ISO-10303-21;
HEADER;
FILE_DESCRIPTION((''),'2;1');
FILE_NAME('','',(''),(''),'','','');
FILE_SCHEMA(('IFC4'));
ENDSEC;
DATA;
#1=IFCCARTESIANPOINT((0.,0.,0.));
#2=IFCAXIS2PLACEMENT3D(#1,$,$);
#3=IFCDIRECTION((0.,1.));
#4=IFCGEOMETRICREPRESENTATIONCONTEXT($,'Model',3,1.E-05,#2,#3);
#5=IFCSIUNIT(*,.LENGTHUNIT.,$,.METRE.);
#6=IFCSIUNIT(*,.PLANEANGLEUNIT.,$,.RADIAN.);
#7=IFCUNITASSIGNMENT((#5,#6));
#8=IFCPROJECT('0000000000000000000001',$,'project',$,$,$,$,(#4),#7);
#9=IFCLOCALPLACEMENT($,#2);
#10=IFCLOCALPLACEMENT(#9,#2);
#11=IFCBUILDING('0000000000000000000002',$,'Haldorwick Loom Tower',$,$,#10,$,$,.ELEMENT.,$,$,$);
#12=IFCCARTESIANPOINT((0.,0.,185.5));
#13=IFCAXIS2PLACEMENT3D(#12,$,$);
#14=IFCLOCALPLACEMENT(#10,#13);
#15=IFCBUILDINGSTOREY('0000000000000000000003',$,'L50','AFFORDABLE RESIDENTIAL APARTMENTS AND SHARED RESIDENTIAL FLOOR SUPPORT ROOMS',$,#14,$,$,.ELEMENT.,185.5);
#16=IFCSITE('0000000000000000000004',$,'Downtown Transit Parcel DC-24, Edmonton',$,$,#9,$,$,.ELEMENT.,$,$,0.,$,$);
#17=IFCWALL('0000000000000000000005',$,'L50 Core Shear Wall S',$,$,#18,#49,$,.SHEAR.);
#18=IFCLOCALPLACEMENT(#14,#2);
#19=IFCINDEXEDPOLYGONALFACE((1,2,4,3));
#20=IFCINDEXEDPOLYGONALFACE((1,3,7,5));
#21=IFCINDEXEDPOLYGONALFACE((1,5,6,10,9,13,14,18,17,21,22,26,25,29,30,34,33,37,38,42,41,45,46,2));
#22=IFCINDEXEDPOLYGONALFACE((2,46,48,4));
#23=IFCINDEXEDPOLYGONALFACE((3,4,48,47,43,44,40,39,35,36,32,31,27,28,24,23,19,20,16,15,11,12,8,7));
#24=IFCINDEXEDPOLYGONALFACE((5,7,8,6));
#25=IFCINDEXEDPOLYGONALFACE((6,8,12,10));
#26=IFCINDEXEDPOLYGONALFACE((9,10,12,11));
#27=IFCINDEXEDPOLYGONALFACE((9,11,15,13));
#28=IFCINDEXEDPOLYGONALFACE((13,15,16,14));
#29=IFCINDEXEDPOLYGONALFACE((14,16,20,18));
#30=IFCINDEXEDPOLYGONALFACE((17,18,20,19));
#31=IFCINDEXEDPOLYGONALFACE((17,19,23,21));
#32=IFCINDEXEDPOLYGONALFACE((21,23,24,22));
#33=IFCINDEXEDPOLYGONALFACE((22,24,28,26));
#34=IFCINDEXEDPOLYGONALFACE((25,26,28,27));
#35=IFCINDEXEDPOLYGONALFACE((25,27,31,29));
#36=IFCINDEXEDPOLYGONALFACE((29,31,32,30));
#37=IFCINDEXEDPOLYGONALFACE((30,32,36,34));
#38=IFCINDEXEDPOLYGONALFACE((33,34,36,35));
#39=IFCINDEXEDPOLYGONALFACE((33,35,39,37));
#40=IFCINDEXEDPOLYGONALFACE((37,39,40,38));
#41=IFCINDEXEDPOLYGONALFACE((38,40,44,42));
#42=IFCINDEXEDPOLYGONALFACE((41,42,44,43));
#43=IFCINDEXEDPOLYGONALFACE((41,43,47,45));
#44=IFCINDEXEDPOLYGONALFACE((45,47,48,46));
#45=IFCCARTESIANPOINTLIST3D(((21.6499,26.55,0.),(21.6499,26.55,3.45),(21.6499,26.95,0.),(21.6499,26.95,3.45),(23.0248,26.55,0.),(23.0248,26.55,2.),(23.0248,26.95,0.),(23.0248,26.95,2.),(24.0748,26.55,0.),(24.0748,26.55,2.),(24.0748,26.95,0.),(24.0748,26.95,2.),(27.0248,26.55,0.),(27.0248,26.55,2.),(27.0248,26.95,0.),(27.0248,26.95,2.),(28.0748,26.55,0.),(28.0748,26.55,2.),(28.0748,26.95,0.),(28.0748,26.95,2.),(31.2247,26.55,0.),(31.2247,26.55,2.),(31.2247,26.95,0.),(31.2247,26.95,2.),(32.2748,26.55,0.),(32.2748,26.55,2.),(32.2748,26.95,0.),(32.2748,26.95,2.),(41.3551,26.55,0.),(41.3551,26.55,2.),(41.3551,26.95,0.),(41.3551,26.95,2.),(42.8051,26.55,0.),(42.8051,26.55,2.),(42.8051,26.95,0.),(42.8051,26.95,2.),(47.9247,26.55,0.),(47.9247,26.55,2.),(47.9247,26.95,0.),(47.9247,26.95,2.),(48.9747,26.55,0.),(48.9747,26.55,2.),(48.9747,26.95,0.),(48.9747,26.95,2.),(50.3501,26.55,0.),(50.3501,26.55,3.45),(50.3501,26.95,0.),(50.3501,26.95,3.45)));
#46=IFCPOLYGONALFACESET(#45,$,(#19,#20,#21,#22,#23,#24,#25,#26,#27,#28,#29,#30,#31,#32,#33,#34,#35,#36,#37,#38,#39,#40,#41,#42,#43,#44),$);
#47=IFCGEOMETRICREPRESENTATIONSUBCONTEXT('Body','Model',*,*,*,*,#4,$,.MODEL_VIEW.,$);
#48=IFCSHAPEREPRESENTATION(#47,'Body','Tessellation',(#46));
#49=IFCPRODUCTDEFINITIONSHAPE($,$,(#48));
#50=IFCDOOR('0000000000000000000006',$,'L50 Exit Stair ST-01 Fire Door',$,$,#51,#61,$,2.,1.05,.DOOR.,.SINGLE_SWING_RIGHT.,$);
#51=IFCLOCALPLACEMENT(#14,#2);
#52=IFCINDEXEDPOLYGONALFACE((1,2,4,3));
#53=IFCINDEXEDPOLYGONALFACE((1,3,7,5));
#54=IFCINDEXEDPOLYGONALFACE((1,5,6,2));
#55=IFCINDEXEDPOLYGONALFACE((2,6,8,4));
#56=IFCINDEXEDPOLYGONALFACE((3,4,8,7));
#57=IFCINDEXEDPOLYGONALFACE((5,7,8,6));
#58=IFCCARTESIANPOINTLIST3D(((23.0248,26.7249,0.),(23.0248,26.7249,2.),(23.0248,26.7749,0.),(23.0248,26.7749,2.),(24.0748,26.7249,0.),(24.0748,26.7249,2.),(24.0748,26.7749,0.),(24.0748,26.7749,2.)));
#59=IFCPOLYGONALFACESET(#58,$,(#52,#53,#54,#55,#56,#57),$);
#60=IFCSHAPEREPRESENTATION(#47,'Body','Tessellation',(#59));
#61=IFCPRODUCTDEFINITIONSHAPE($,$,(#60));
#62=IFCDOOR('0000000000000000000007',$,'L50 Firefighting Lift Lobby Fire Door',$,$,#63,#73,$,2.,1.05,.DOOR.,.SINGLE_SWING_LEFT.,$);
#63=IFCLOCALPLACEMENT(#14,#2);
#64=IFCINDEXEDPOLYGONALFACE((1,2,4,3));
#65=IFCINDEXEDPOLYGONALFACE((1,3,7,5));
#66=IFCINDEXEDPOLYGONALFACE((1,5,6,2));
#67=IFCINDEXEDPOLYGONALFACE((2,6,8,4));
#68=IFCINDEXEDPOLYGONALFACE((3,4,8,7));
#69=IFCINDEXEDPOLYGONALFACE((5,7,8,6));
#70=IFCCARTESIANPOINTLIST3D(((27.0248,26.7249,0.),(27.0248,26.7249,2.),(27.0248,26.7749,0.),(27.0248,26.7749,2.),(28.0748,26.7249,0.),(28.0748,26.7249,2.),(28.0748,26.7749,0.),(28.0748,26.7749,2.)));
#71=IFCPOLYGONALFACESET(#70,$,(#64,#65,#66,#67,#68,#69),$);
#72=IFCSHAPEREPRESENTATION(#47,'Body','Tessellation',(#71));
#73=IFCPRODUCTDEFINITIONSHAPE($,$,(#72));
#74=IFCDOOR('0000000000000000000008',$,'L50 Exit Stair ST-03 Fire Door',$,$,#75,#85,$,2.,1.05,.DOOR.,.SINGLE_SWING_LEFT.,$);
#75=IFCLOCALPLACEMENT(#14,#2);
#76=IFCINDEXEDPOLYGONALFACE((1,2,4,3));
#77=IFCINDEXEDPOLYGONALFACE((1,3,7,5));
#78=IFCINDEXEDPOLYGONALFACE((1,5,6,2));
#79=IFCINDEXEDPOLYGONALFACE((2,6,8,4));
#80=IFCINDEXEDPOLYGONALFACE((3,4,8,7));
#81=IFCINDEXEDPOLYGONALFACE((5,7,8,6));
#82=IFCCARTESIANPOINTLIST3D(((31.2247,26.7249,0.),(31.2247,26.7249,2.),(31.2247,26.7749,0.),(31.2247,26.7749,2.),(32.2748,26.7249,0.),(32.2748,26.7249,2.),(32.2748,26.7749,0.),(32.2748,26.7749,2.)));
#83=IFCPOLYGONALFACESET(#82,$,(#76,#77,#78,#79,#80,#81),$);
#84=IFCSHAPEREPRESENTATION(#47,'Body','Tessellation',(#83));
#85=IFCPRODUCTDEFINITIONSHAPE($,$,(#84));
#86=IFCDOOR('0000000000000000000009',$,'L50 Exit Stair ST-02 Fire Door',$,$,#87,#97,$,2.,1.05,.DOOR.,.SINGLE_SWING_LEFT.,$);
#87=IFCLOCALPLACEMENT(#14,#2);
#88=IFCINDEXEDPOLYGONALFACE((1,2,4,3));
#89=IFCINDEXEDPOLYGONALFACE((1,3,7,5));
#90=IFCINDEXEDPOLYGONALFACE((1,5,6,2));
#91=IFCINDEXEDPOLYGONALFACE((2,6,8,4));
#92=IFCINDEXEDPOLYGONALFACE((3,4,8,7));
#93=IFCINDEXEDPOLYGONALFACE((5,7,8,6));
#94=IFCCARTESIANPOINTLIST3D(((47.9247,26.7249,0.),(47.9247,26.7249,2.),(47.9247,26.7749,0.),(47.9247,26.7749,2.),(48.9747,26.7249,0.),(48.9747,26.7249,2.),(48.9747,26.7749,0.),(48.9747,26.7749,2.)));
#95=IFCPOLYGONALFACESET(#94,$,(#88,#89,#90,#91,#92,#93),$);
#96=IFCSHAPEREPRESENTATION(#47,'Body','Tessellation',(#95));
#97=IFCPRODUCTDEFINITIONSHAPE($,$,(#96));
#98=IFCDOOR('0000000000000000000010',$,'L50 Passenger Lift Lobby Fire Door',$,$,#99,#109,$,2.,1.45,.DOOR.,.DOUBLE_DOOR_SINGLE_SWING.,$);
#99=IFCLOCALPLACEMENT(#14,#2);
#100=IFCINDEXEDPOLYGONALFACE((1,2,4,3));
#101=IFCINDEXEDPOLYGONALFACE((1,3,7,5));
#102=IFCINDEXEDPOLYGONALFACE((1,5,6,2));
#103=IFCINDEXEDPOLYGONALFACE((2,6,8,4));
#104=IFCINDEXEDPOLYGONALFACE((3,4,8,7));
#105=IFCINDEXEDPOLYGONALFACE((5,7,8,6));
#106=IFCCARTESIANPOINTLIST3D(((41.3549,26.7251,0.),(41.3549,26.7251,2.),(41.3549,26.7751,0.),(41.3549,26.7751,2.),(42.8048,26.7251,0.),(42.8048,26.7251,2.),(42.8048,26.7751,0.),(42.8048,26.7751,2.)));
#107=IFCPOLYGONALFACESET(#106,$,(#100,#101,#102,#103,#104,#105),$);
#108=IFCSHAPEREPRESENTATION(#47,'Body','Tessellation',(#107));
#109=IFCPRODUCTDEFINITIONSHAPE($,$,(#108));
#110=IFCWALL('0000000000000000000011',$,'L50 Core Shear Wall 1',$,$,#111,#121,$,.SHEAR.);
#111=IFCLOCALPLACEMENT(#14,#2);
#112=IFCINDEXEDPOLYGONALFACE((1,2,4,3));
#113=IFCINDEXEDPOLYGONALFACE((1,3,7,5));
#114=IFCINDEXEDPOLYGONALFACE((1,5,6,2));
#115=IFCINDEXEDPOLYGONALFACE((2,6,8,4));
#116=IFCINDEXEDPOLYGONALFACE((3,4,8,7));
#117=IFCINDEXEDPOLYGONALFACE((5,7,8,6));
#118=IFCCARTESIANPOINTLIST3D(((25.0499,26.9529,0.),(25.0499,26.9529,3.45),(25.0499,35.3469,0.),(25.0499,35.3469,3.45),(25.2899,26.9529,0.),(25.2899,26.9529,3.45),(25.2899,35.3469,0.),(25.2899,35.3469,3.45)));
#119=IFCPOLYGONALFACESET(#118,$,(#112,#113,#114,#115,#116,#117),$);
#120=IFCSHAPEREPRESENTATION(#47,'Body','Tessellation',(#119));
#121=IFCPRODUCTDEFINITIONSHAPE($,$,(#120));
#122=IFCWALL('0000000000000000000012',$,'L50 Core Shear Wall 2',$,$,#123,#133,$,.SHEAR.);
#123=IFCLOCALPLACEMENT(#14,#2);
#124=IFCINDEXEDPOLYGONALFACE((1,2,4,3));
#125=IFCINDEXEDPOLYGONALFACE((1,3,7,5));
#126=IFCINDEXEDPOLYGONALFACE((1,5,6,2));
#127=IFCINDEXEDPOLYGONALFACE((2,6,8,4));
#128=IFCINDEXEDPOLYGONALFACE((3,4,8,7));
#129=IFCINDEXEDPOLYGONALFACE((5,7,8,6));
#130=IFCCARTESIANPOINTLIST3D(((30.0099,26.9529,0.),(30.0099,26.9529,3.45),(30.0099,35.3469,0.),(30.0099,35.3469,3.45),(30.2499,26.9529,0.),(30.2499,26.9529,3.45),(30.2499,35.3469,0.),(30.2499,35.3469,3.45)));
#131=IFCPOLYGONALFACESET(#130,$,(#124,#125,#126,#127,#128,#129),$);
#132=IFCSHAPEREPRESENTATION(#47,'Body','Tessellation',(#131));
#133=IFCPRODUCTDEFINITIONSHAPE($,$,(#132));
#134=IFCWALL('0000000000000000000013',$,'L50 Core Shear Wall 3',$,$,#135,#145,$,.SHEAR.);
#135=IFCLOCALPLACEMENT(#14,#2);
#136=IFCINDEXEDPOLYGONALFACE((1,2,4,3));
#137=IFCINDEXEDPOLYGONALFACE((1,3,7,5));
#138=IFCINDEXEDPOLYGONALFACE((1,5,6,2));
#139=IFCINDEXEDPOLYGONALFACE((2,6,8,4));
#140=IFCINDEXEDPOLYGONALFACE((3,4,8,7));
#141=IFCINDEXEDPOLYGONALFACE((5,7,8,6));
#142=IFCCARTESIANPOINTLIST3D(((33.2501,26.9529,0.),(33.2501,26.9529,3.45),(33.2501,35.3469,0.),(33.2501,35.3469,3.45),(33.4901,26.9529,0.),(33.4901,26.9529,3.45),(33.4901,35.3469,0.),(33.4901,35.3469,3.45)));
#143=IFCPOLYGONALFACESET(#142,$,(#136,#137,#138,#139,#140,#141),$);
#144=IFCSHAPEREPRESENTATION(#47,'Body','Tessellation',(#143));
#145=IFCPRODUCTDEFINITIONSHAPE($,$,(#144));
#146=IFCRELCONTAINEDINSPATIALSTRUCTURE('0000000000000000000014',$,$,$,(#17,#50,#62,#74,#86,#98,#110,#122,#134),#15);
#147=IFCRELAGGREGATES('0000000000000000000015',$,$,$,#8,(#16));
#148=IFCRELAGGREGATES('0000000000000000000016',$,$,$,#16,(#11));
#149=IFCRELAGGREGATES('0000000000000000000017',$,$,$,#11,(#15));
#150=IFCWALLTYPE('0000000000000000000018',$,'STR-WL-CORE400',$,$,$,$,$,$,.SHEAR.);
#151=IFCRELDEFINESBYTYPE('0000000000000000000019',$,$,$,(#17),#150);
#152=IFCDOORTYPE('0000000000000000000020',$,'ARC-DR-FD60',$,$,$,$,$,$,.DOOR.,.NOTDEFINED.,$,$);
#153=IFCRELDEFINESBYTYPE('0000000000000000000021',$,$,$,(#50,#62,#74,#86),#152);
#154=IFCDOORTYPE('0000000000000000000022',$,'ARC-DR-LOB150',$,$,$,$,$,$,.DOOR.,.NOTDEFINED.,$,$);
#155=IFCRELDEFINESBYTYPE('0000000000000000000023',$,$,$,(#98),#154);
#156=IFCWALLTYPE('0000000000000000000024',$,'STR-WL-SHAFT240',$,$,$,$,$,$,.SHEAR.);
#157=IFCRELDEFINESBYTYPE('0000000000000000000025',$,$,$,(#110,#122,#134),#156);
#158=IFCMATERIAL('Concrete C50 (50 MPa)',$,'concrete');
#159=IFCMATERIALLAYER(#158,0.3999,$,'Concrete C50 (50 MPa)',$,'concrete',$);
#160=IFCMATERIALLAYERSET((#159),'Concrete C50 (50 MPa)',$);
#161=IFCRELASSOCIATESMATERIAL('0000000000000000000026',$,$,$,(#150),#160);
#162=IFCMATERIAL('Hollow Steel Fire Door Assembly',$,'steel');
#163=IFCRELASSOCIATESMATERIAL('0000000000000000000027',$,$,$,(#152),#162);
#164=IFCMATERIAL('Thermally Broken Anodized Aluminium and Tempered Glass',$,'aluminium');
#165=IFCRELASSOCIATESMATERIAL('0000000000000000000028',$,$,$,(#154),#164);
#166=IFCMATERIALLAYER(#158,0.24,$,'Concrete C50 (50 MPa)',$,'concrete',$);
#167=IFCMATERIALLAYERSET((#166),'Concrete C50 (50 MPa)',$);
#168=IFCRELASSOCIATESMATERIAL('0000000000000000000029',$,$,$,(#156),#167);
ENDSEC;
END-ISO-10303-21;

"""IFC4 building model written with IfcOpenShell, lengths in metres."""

from ifc_helpers import new_model, si_unit, direction, frame, frame_2d, origin, place, context, subcontext, project, spatial, rectangle, extrude, material, layer, layer_set, type_object, element, fill, save


model = new_model("IFC4")

# Units and contexts
model_context = context("Model", 3, precision=1e-05, world=origin(), true_north=direction((0.0, 1.0)))
body_context = subcontext(model_context, "Body", "Model", "MODEL_VIEW")
ifc_project = project(units=[si_unit("LENGTHUNIT", "METRE"), si_unit("PLANEANGLEUNIT", "RADIAN")], contexts=[model_context])

# Site, building, storey
site_placement = place(None, origin())
site = spatial("IfcSite", under=ifc_project, at=site_placement, Name="Downtown Transit Parcel DC-24, Edmonton", CompositionType="ELEMENT", RefElevation=0.0)
building_placement = place(site_placement, origin())
building = spatial("IfcBuilding", under=site, at=building_placement, Name="Haldorwick Loom Tower", CompositionType="ELEMENT")
storey_placement = place(building_placement, frame((0.0, 0.0, 185.5)))
storey = spatial("IfcBuildingStorey", under=building, at=storey_placement, Name="L50", Description="AFFORDABLE RESIDENTIAL APARTMENTS AND SHARED RESIDENTIAL FLOOR SUPPORT ROOMS", CompositionType="ELEMENT", Elevation=185.5)

# Shared definitions
ifc_material_1 = material(Name="Concrete C50 (50 MPa)", Category="concrete")

# Wall, openings, doors
ifc_layer_1 = layer(ifc_material_1, 0.3999, Name="Concrete C50 (50 MPa)", Category="concrete")
ifc_layer_set_1 = layer_set([ifc_layer_1], Name="Concrete C50 (50 MPa)")
wall_type_1 = type_object("IfcWallType", Name="STR-WL-CORE400", PredefinedType="SHEAR", material=ifc_layer_set_1)
wall_1_placement = place(storey_placement, frame((21.6499, 26.75, 0.0), z_axis=(0.0, 0.0, 1.0), x_axis=(1.0, 0.0, 0.0)))
wall_1 = element("IfcWall", 1, at=wall_1_placement, inside=storey, type_object=wall_type_1, Name="L50 Core Shear Wall S", PredefinedType="SHEAR", context=body_context, shape_type="SweptSolid", body=[
    extrude(rectangle(XDim=28.7002, YDim=0.3999, at=frame_2d((14.3501, 0.0))), origin(), (0.0, 0.0, 1.0), 3.45),
])
opening_1_placement = place(wall_1_placement, frame((1.375, 0.0, 0.0)))
opening_1 = element("IfcOpeningElement", 2, at=opening_1_placement, cuts=wall_1, PredefinedType="OPENING", context=body_context, shape_type="SweptSolid", body=[
    extrude(rectangle(XDim=1.05, YDim=2.0, at=frame_2d((0.5249, 1.0))), frame((0.0, 0.21, 0.0), z_axis=(0.0, -1.0, 0.0), x_axis=(1.0, 0.0, 0.0)), (0.0, 0.0, 1.0), 0.4199),
])
opening_2_placement = place(wall_1_placement, frame((5.375, 0.0, 0.0)))
opening_2 = element("IfcOpeningElement", 3, at=opening_2_placement, cuts=wall_1, PredefinedType="OPENING", context=body_context, shape_type="SweptSolid", body=[
    extrude(rectangle(XDim=1.05, YDim=2.0, at=frame_2d((0.5249, 1.0))), frame((0.0, 0.21, 0.0), z_axis=(0.0, -1.0, 0.0), x_axis=(1.0, 0.0, 0.0)), (0.0, 0.0, 1.0), 0.4199),
])
opening_3_placement = place(wall_1_placement, frame((9.575, 0.0, 0.0)))
opening_3 = element("IfcOpeningElement", 4, at=opening_3_placement, cuts=wall_1, PredefinedType="OPENING", context=body_context, shape_type="SweptSolid", body=[
    extrude(rectangle(XDim=1.05, YDim=2.0, at=frame_2d((0.5249, 1.0))), frame((0.0, 0.21, 0.0), z_axis=(0.0, -1.0, 0.0), x_axis=(1.0, 0.0, 0.0)), (0.0, 0.0, 1.0), 0.4199),
])
opening_4_placement = place(wall_1_placement, frame((19.7051, 0.0, 0.0)))
opening_4 = element("IfcOpeningElement", 5, at=opening_4_placement, cuts=wall_1, PredefinedType="OPENING", context=body_context, shape_type="SweptSolid", body=[
    extrude(rectangle(XDim=1.45, YDim=2.0, at=frame_2d((0.7251, 1.0))), frame((0.0, 0.21, 0.0), z_axis=(0.0, -1.0, 0.0), x_axis=(1.0, 0.0, 0.0)), (0.0, 0.0, 1.0), 0.4199),
])
opening_5_placement = place(wall_1_placement, frame((26.2749, 0.0, 0.0)))
opening_5 = element("IfcOpeningElement", 6, at=opening_5_placement, cuts=wall_1, PredefinedType="OPENING", context=body_context, shape_type="SweptSolid", body=[
    extrude(rectangle(XDim=1.05, YDim=2.0, at=frame_2d((0.5249, 1.0))), frame((0.0, 0.21, 0.0), z_axis=(0.0, -1.0, 0.0), x_axis=(1.0, 0.0, 0.0)), (0.0, 0.0, 1.0), 0.4199),
])
ifc_material_2 = material(Name="Hollow Steel Fire Door Assembly", Category="steel")
door_type_1 = type_object("IfcDoorType", Name="ARC-DR-FD60", OperationType="NOTDEFINED", PredefinedType="DOOR", material=ifc_material_2)
door_1_placement = place(opening_1_placement, origin())
door_1 = element("IfcDoor", 7, at=door_1_placement, inside=storey, type_object=door_type_1, Name="L50 Exit Stair ST-01 Fire Door", OperationType="SINGLE_SWING_RIGHT", OverallHeight=2.0, OverallWidth=1.05, PredefinedType="DOOR", context=body_context, shape_type="SweptSolid", body=[
    extrude(rectangle(XDim=1.05, YDim=2.0, at=frame_2d((0.5249, 1.0))), frame((0.0, 0.0249, 0.0), z_axis=(0.0, -1.0, 0.0), x_axis=(1.0, 0.0, 0.0)), (0.0, 0.0, 1.0), 0.05),
])
fill(opening_1, door_1)
door_2_placement = place(opening_2_placement, origin())
door_2 = element("IfcDoor", 8, at=door_2_placement, inside=storey, type_object=door_type_1, Name="L50 Firefighting Lift Lobby Fire Door", OperationType="SINGLE_SWING_LEFT", OverallHeight=2.0, OverallWidth=1.05, PredefinedType="DOOR", context=body_context, shape_type="SweptSolid", body=[
    extrude(rectangle(XDim=1.05, YDim=2.0, at=frame_2d((0.5249, 1.0))), frame((0.0, 0.0249, 0.0), z_axis=(0.0, -1.0, 0.0), x_axis=(1.0, 0.0, 0.0)), (0.0, 0.0, 1.0), 0.05),
])
fill(opening_2, door_2)
door_3_placement = place(opening_3_placement, origin())
door_3 = element("IfcDoor", 9, at=door_3_placement, inside=storey, type_object=door_type_1, Name="L50 Exit Stair ST-03 Fire Door", OperationType="SINGLE_SWING_LEFT", OverallHeight=2.0, OverallWidth=1.05, PredefinedType="DOOR", context=body_context, shape_type="SweptSolid", body=[
    extrude(rectangle(XDim=1.05, YDim=2.0, at=frame_2d((0.5249, 1.0))), frame((0.0, 0.0249, 0.0), z_axis=(0.0, -1.0, 0.0), x_axis=(1.0, 0.0, 0.0)), (0.0, 0.0, 1.0), 0.05),
])
fill(opening_3, door_3)
door_4_placement = place(opening_5_placement, origin())
door_4 = element("IfcDoor", 10, at=door_4_placement, inside=storey, type_object=door_type_1, Name="L50 Exit Stair ST-02 Fire Door", OperationType="SINGLE_SWING_LEFT", OverallHeight=2.0, OverallWidth=1.05, PredefinedType="DOOR", context=body_context, shape_type="SweptSolid", body=[
    extrude(rectangle(XDim=1.05, YDim=2.0, at=frame_2d((0.5249, 1.0))), frame((0.0, 0.0249, 0.0), z_axis=(0.0, -1.0, 0.0), x_axis=(1.0, 0.0, 0.0)), (0.0, 0.0, 1.0), 0.05),
])
fill(opening_5, door_4)
ifc_material_3 = material(Name="Thermally Broken Anodized Aluminium and Tempered Glass", Category="aluminium")
door_type_2 = type_object("IfcDoorType", Name="ARC-DR-LOB150", OperationType="NOTDEFINED", PredefinedType="DOOR", material=ifc_material_3)
door_5_placement = place(opening_4_placement, frame((1.45, 0.0, 0.0), z_axis=(0.0, 0.0, 1.0), x_axis=(-1.0, 0.0, 0.0)))
door_5 = element("IfcDoor", 11, at=door_5_placement, inside=storey, type_object=door_type_2, Name="L50 Passenger Lift Lobby Fire Door", OperationType="DOUBLE_DOOR_SINGLE_SWING", OverallHeight=2.0, OverallWidth=1.45, PredefinedType="DOOR", context=body_context, shape_type="SweptSolid", body=[
    extrude(rectangle(XDim=1.45, YDim=2.0, at=frame_2d((0.7251, 1.0))), frame((0.0, 0.0249, 0.0), z_axis=(0.0, -1.0, 0.0), x_axis=(1.0, 0.0, 0.0)), (0.0, 0.0, 1.0), 0.05),
])
fill(opening_4, door_5)

# Walls
ifc_layer_2 = layer(ifc_material_1, 0.24, Name="Concrete C50 (50 MPa)", Category="concrete")
ifc_layer_set_2 = layer_set([ifc_layer_2], Name="Concrete C50 (50 MPa)")
wall_type_2 = type_object("IfcWallType", Name="STR-WL-SHAFT240", PredefinedType="SHEAR", material=ifc_layer_set_2)
for number, where, z_axis, x_axis, name in (
    (12, (25.1699, 26.9529, 0.0), (0.0, 0.0, 1.0), (0.0, 1.0, 0.0), "L50 Core Shear Wall 1"),
    (13, (30.1299, 26.9529, 0.0), (0.0, 0.0, 1.0), (0.0, 1.0, 0.0), "L50 Core Shear Wall 2"),
    (14, (33.3701, 26.9529, 0.0), (0.0, 0.0, 1.0), (0.0, 1.0, 0.0), "L50 Core Shear Wall 3"),
):
    element("IfcWall", number, at=place(storey_placement, frame(where, z_axis=z_axis, x_axis=x_axis)), inside=storey, type_object=wall_type_2, Name=name, PredefinedType="SHEAR", context=body_context, shape_type="SweptSolid", body=[
        extrude(rectangle(XDim=8.394, YDim=0.24, at=frame_2d((4.197, 0.0))), origin(), (0.0, 0.0, 1.0), 3.45),
    ])

save(model, "model.ifc")
